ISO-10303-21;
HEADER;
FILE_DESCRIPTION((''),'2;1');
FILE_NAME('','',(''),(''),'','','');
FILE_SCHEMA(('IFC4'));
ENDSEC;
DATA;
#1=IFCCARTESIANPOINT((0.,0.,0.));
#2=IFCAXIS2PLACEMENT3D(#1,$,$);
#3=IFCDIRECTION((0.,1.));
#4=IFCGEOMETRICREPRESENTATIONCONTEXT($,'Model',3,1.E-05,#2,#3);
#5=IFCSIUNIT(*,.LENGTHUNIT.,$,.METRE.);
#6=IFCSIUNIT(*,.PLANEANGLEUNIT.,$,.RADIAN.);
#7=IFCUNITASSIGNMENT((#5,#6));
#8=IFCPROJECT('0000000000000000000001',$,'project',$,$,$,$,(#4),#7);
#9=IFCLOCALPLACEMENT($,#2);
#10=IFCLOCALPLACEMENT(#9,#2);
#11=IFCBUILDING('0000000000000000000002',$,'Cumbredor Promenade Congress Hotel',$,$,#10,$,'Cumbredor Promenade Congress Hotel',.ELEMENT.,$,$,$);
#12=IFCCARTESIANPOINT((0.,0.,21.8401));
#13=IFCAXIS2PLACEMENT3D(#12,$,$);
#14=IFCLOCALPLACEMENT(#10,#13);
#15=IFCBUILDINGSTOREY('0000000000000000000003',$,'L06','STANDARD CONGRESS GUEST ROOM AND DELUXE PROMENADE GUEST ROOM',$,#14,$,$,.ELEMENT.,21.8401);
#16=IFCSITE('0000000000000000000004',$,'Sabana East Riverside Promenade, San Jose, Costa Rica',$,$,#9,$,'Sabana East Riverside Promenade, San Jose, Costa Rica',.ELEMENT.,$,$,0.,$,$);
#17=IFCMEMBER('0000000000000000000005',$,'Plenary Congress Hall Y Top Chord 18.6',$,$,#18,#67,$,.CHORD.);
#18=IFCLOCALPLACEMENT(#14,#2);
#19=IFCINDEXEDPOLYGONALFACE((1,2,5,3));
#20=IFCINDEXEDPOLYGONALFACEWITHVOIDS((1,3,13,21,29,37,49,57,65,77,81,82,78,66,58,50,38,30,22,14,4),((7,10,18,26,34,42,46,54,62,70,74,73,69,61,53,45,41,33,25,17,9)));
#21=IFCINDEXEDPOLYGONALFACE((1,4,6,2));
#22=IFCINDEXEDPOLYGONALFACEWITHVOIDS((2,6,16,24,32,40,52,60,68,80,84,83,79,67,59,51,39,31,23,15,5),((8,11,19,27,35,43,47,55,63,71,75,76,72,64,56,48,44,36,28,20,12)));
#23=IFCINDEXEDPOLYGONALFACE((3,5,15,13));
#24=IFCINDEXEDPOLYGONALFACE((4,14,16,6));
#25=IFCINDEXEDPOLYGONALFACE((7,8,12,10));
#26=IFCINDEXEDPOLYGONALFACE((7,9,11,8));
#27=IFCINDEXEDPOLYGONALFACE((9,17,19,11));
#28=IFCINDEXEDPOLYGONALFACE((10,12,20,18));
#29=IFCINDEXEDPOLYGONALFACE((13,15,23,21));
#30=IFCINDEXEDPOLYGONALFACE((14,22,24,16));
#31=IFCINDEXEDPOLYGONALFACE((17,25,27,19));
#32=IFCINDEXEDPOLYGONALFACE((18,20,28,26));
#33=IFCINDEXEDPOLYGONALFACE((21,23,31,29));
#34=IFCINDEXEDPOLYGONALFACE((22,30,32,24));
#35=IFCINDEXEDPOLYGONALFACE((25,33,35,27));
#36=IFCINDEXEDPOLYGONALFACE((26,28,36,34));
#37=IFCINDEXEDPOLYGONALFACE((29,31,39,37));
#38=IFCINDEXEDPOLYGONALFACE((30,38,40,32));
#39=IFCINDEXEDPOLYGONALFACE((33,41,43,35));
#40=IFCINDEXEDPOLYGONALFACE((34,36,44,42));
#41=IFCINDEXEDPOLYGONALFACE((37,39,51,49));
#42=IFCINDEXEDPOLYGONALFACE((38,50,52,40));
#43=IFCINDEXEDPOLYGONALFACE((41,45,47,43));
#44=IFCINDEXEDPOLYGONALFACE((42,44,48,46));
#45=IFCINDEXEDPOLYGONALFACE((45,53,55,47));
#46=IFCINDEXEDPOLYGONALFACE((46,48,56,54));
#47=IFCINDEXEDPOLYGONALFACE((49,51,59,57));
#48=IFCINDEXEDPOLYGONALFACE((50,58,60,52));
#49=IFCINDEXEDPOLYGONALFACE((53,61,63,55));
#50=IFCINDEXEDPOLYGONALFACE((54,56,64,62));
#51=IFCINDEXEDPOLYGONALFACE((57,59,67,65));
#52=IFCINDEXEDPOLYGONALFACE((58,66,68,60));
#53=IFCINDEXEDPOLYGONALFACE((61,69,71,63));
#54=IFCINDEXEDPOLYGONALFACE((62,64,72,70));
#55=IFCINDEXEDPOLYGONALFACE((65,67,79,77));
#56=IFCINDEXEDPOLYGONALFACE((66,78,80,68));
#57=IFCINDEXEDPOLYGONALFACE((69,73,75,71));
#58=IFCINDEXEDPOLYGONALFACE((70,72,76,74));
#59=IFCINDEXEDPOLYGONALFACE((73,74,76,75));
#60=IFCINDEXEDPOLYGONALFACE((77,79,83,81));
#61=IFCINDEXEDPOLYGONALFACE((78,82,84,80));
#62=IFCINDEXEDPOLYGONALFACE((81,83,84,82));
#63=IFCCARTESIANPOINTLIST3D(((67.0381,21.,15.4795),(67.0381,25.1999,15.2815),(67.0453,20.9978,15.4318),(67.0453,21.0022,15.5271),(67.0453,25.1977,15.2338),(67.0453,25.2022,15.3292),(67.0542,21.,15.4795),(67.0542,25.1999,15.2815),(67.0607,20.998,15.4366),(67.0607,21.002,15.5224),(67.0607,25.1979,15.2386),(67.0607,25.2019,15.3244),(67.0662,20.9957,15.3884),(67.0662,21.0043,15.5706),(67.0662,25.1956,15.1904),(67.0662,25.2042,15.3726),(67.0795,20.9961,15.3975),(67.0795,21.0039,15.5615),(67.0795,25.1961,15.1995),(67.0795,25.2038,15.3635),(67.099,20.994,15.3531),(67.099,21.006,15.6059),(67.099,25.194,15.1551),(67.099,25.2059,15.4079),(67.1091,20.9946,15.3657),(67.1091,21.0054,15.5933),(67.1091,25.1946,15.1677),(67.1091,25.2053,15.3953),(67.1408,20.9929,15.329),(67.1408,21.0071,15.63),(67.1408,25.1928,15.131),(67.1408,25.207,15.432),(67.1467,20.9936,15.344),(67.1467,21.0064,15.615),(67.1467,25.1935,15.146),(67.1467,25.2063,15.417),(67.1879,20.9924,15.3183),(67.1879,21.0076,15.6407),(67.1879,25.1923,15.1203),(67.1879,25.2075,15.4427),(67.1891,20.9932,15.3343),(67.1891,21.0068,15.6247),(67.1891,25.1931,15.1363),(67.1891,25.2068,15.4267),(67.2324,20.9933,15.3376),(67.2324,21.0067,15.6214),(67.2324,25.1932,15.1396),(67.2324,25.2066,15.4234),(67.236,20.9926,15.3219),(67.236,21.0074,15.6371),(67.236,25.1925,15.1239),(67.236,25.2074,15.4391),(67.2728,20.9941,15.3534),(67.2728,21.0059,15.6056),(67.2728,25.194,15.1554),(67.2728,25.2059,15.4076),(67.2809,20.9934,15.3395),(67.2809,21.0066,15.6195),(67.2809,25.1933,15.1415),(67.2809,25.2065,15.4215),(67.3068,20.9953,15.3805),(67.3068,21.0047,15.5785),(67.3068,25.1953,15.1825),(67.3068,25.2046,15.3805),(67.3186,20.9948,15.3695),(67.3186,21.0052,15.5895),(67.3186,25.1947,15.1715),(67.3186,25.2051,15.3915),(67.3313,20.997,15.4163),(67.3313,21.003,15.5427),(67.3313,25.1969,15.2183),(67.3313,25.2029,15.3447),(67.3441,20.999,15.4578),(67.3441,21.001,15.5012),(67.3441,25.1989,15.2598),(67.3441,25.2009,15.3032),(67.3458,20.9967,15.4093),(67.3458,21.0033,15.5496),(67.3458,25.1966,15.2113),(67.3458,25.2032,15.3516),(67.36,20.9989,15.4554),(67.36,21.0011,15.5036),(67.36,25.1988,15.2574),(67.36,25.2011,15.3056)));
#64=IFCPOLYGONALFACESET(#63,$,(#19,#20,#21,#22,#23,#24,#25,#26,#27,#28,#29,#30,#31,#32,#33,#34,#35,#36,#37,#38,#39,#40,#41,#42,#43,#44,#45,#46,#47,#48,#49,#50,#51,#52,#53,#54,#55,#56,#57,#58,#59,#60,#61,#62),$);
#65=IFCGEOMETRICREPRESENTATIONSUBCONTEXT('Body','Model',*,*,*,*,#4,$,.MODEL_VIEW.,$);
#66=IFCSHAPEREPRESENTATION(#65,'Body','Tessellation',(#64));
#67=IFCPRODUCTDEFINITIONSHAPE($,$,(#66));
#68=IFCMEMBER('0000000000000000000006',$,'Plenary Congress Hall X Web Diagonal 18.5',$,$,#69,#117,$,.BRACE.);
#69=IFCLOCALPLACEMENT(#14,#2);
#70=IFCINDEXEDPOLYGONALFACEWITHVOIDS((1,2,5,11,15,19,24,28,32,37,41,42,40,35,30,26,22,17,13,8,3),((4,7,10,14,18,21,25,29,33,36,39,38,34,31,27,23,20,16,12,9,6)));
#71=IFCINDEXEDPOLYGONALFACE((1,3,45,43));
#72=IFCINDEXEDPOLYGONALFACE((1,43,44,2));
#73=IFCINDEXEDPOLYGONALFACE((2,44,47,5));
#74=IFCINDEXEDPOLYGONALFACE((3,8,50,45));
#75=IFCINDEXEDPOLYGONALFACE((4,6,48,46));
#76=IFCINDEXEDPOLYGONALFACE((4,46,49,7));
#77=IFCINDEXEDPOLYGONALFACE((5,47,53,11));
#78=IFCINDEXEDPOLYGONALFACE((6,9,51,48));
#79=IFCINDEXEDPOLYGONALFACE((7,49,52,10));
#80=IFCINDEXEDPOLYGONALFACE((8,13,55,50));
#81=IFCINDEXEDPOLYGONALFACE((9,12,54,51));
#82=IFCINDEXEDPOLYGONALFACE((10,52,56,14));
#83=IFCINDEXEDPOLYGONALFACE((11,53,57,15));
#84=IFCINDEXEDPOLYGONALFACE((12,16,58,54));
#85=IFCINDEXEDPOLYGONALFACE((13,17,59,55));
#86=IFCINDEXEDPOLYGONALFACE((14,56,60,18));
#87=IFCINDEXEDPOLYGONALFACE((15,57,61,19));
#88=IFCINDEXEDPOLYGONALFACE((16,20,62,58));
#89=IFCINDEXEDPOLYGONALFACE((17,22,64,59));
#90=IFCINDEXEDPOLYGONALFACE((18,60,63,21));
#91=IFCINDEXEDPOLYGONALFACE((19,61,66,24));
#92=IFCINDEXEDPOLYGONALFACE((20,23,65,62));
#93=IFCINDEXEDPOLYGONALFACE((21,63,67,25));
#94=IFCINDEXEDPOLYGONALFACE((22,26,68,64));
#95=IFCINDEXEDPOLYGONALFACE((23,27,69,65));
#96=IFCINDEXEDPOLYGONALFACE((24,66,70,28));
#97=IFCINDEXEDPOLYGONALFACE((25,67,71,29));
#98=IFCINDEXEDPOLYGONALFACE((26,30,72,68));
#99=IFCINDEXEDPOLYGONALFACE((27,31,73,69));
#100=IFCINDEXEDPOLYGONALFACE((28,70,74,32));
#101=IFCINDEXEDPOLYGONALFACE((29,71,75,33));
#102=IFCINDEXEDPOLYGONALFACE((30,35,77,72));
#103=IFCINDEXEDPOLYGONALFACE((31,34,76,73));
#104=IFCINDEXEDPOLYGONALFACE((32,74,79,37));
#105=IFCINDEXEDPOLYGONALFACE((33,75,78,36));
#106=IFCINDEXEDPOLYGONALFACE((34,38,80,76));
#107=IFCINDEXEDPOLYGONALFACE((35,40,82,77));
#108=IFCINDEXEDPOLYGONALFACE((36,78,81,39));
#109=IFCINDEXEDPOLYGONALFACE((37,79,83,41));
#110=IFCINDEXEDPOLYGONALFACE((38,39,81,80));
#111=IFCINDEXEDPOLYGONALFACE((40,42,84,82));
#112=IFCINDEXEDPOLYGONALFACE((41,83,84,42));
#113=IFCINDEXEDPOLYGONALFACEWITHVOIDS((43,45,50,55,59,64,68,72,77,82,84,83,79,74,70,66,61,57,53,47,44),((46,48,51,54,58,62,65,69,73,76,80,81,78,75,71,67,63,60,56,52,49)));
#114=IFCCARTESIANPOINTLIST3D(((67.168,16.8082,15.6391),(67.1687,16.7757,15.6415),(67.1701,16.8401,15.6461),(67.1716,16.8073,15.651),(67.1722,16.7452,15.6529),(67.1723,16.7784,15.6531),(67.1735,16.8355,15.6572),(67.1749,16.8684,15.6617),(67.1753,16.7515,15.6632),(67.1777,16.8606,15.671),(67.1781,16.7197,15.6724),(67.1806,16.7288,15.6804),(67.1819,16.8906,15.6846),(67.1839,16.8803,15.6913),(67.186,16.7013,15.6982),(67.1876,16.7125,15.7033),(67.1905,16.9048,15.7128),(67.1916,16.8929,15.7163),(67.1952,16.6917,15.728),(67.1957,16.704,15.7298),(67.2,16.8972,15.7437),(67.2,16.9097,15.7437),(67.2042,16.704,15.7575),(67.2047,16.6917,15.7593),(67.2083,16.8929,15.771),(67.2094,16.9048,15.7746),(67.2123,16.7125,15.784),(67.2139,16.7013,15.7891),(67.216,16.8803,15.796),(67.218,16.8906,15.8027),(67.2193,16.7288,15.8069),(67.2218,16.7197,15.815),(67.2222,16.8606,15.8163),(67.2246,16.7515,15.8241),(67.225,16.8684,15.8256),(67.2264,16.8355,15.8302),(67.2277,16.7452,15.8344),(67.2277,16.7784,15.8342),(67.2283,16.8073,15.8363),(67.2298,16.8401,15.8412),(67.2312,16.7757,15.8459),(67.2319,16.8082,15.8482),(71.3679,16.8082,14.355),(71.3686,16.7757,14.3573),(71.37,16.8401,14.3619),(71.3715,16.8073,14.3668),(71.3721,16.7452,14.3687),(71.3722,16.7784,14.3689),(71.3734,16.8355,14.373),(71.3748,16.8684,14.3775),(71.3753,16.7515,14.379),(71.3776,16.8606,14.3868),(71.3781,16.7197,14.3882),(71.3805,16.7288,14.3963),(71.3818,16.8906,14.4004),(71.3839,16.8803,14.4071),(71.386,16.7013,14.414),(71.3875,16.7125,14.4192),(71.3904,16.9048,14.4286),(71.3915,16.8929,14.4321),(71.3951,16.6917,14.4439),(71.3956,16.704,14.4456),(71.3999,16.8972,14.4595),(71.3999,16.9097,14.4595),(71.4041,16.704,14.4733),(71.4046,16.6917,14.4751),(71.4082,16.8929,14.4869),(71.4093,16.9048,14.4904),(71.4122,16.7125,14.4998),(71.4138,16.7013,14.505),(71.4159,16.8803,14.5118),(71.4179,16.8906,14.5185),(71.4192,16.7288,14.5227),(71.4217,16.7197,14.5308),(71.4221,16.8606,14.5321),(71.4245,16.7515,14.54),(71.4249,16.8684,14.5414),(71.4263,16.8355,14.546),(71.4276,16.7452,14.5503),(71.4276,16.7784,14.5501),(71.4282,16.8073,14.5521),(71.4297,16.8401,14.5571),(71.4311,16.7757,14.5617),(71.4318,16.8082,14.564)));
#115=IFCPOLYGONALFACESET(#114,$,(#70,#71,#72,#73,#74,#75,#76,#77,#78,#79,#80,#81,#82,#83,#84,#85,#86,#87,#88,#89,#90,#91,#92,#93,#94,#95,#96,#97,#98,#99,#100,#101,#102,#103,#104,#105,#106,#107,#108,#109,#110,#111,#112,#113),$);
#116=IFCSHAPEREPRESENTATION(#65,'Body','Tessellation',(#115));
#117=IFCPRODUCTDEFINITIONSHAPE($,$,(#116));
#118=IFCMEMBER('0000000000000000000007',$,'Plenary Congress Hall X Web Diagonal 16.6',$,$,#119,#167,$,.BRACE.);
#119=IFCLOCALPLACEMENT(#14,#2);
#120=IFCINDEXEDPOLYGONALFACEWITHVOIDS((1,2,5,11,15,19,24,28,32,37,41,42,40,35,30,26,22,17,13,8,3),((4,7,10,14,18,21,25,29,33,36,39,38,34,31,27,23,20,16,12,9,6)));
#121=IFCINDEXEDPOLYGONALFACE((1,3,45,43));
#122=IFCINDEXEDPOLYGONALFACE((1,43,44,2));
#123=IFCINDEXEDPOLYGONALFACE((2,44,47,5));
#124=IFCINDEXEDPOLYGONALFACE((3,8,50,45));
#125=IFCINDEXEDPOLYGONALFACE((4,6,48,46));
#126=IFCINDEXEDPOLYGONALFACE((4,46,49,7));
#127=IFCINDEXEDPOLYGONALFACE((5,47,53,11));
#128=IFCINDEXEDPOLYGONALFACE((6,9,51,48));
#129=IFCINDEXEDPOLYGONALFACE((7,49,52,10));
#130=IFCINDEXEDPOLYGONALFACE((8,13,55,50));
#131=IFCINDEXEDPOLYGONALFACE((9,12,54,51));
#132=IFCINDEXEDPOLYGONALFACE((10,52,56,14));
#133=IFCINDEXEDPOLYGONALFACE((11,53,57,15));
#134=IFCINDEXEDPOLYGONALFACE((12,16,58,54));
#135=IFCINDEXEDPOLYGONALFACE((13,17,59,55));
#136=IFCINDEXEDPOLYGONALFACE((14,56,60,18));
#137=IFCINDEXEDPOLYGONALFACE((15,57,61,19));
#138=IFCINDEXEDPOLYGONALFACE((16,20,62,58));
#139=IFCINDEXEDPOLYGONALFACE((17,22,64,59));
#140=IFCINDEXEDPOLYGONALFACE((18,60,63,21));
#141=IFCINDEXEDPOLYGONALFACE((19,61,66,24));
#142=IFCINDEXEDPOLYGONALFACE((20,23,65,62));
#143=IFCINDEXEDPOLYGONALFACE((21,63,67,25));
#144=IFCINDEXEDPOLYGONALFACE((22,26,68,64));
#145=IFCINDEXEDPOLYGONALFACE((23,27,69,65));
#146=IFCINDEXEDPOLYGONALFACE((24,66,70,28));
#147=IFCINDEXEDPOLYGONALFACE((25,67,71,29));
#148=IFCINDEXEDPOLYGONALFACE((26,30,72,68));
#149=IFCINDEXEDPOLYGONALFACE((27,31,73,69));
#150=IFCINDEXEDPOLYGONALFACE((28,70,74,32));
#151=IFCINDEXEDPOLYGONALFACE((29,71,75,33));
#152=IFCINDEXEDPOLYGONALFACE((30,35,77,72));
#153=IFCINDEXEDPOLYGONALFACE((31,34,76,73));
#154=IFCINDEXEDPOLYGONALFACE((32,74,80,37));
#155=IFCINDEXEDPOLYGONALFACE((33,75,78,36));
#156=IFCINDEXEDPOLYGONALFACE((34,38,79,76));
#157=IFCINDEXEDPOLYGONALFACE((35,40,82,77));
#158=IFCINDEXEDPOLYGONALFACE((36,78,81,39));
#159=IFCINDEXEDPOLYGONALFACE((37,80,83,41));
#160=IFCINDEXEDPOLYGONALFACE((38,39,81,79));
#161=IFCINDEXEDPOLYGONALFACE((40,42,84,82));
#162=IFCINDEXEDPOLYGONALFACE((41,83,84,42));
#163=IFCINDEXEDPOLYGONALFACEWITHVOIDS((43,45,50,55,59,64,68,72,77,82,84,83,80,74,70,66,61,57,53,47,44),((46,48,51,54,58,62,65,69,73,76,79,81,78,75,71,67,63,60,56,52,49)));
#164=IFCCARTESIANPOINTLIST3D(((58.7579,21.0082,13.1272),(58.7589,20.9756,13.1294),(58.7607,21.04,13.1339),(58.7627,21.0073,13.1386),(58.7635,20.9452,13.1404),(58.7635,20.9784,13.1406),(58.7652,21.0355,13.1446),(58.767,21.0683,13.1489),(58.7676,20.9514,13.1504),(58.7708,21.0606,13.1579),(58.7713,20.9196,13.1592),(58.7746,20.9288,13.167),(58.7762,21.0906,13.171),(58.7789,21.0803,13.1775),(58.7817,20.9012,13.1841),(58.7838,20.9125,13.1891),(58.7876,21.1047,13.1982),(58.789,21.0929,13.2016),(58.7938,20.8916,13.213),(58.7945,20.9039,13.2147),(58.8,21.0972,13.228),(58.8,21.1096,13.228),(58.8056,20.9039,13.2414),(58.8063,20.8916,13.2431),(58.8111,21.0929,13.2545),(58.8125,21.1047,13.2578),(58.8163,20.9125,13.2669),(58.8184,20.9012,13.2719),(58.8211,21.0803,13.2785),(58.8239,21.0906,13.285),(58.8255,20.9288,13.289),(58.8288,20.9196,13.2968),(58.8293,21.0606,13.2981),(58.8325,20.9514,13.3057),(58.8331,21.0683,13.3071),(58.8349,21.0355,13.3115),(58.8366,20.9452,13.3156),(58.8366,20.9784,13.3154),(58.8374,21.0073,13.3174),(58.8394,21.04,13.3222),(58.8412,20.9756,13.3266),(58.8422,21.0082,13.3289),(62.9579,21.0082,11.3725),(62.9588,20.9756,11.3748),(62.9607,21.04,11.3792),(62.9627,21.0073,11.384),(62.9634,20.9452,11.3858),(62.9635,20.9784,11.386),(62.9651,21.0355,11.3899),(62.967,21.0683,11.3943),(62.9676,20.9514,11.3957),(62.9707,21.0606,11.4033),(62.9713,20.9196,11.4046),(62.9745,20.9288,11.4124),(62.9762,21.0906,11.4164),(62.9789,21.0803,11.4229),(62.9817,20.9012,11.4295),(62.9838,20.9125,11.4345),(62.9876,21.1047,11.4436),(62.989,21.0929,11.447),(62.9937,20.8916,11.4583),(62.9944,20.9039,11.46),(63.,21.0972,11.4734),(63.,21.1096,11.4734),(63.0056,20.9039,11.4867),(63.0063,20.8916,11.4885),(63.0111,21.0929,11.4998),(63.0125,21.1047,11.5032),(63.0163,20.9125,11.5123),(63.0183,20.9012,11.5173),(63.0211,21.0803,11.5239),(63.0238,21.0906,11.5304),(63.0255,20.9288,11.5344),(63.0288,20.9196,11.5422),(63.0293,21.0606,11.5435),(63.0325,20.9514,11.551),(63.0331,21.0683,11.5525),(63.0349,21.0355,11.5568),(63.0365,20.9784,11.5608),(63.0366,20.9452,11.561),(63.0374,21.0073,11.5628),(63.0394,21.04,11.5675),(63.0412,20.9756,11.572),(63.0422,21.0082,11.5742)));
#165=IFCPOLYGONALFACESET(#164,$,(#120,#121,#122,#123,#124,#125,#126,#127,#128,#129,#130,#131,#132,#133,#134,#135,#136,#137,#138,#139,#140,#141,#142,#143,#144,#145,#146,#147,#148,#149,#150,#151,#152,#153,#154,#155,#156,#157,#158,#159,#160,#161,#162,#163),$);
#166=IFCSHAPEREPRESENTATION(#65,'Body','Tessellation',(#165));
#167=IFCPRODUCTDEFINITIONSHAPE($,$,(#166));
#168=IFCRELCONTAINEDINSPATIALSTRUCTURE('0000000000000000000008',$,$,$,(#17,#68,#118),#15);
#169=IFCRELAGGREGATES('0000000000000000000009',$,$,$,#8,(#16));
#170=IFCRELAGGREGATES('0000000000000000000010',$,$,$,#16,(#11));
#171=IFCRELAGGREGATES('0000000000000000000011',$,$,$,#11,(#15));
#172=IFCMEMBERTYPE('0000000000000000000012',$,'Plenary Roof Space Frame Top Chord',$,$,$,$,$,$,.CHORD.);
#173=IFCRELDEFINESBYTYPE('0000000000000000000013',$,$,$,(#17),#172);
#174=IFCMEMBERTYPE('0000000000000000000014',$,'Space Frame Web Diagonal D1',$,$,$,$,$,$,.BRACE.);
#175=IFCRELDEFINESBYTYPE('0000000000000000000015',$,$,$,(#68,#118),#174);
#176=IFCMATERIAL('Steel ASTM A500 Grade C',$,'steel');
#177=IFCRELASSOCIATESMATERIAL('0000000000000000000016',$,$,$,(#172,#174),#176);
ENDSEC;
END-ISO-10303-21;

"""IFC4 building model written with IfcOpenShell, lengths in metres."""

from ifc_helpers import new_model, si_unit, direction, frame, origin, origin_2d, place, context, subcontext, project, spatial, hollow_circle, extrude, material, material_profile, profile_set, type_object, element, save


model = new_model("IFC4")

# Units and contexts
model_context = context("Model", 3, precision=1e-05, world=origin(), true_north=direction((0.0, 1.0)))
body_context = subcontext(model_context, "Body", "Model", "MODEL_VIEW")
ifc_project = project(units=[si_unit("LENGTHUNIT", "METRE"), si_unit("PLANEANGLEUNIT", "RADIAN")], contexts=[model_context])

# Site, building, storey
site_placement = place(None, origin())
site = spatial("IfcSite", under=ifc_project, at=site_placement, Name="Sabana East Riverside Promenade, San Jose, Costa Rica", LongName="Sabana East Riverside Promenade, San Jose, Costa Rica", CompositionType="ELEMENT", RefElevation=0.0)
building_placement = place(site_placement, origin())
building = spatial("IfcBuilding", under=site, at=building_placement, Name="Cumbredor Promenade Congress Hotel", LongName="Cumbredor Promenade Congress Hotel", CompositionType="ELEMENT")
storey_placement = place(building_placement, frame((0.0, 0.0, 21.8401)))
storey = spatial("IfcBuildingStorey", under=building, at=storey_placement, Name="L06", Description="STANDARD CONGRESS GUEST ROOM AND DELUXE PROMENADE GUEST ROOM", CompositionType="ELEMENT", Elevation=21.8401)

# Members
ifc_material_1 = material(Name="Steel ASTM A500 Grade C", Category="steel")
ifc_material_profile_1 = material_profile(ifc_material_1, hollow_circle(Radius=0.1619, WallThickness=0.0161, at=origin_2d()), Name="CHS 323.9x16")
ifc_profile_set_1 = profile_set([ifc_material_profile_1], Name="Steel ASTM A500 Grade C")
member_type_1 = type_object("IfcMemberType", Name="Plenary Roof Space Frame Top Chord", PredefinedType="CHORD", material=ifc_profile_set_1)
member_1_placement = place(storey_placement, frame((67.2, 21.0, 15.4795), z_axis=(0.0, 0.998891, -0.047091), x_axis=(-1.0, 0.0, 0.0)))
element("IfcMember", 1, at=member_1_placement, inside=storey, type_object=member_type_1, Name="Plenary Congress Hall Y Top Chord 18.6", PredefinedType="CHORD", context=body_context, shape_type="SweptSolid", body=[
    extrude(hollow_circle(Radius=0.1619, WallThickness=0.0161, at=origin_2d()), origin(), (0.0, 0.0, 1.0), 4.2046),
])
ifc_material_profile_2 = material_profile(ifc_material_1, hollow_circle(Radius=0.1096, WallThickness=0.0125, at=origin_2d()), Name="CHS 219.1x12.5")
ifc_profile_set_2 = profile_set([ifc_material_profile_2], Name="Steel ASTM A500 Grade C")
member_type_2 = type_object("IfcMemberType", Name="Space Frame Web Diagonal D1", PredefinedType="BRACE", material=ifc_profile_set_2)
member_2_placement = place(storey_placement, frame((67.2, 16.8, 15.7437), z_axis=(0.956297, 0.0, -0.292398), x_axis=(0.0, 1.0, 0.0)))
element("IfcMember", 2, at=member_2_placement, inside=storey, type_object=member_type_2, Name="Plenary Congress Hall X Web Diagonal 18.5", PredefinedType="BRACE", context=body_context, shape_type="SweptSolid", body=[
    extrude(hollow_circle(Radius=0.1096, WallThickness=0.0125, at=origin_2d()), origin(), (0.0, 0.0, 1.0), 4.3918),
])
member_3_placement = place(storey_placement, frame((58.8, 21.0, 13.228), z_axis=(0.922713, 0.0, -0.385487), x_axis=(0.0, 1.0, 0.0)))
element("IfcMember", 3, at=member_3_placement, inside=storey, type_object=member_type_2, Name="Plenary Congress Hall X Web Diagonal 16.6", PredefinedType="BRACE", context=body_context, shape_type="SweptSolid", body=[
    extrude(hollow_circle(Radius=0.1096, WallThickness=0.0125, at=origin_2d()), origin(), (0.0, 0.0, 1.0), 4.5518),
])

save(model, "model.ifc")
